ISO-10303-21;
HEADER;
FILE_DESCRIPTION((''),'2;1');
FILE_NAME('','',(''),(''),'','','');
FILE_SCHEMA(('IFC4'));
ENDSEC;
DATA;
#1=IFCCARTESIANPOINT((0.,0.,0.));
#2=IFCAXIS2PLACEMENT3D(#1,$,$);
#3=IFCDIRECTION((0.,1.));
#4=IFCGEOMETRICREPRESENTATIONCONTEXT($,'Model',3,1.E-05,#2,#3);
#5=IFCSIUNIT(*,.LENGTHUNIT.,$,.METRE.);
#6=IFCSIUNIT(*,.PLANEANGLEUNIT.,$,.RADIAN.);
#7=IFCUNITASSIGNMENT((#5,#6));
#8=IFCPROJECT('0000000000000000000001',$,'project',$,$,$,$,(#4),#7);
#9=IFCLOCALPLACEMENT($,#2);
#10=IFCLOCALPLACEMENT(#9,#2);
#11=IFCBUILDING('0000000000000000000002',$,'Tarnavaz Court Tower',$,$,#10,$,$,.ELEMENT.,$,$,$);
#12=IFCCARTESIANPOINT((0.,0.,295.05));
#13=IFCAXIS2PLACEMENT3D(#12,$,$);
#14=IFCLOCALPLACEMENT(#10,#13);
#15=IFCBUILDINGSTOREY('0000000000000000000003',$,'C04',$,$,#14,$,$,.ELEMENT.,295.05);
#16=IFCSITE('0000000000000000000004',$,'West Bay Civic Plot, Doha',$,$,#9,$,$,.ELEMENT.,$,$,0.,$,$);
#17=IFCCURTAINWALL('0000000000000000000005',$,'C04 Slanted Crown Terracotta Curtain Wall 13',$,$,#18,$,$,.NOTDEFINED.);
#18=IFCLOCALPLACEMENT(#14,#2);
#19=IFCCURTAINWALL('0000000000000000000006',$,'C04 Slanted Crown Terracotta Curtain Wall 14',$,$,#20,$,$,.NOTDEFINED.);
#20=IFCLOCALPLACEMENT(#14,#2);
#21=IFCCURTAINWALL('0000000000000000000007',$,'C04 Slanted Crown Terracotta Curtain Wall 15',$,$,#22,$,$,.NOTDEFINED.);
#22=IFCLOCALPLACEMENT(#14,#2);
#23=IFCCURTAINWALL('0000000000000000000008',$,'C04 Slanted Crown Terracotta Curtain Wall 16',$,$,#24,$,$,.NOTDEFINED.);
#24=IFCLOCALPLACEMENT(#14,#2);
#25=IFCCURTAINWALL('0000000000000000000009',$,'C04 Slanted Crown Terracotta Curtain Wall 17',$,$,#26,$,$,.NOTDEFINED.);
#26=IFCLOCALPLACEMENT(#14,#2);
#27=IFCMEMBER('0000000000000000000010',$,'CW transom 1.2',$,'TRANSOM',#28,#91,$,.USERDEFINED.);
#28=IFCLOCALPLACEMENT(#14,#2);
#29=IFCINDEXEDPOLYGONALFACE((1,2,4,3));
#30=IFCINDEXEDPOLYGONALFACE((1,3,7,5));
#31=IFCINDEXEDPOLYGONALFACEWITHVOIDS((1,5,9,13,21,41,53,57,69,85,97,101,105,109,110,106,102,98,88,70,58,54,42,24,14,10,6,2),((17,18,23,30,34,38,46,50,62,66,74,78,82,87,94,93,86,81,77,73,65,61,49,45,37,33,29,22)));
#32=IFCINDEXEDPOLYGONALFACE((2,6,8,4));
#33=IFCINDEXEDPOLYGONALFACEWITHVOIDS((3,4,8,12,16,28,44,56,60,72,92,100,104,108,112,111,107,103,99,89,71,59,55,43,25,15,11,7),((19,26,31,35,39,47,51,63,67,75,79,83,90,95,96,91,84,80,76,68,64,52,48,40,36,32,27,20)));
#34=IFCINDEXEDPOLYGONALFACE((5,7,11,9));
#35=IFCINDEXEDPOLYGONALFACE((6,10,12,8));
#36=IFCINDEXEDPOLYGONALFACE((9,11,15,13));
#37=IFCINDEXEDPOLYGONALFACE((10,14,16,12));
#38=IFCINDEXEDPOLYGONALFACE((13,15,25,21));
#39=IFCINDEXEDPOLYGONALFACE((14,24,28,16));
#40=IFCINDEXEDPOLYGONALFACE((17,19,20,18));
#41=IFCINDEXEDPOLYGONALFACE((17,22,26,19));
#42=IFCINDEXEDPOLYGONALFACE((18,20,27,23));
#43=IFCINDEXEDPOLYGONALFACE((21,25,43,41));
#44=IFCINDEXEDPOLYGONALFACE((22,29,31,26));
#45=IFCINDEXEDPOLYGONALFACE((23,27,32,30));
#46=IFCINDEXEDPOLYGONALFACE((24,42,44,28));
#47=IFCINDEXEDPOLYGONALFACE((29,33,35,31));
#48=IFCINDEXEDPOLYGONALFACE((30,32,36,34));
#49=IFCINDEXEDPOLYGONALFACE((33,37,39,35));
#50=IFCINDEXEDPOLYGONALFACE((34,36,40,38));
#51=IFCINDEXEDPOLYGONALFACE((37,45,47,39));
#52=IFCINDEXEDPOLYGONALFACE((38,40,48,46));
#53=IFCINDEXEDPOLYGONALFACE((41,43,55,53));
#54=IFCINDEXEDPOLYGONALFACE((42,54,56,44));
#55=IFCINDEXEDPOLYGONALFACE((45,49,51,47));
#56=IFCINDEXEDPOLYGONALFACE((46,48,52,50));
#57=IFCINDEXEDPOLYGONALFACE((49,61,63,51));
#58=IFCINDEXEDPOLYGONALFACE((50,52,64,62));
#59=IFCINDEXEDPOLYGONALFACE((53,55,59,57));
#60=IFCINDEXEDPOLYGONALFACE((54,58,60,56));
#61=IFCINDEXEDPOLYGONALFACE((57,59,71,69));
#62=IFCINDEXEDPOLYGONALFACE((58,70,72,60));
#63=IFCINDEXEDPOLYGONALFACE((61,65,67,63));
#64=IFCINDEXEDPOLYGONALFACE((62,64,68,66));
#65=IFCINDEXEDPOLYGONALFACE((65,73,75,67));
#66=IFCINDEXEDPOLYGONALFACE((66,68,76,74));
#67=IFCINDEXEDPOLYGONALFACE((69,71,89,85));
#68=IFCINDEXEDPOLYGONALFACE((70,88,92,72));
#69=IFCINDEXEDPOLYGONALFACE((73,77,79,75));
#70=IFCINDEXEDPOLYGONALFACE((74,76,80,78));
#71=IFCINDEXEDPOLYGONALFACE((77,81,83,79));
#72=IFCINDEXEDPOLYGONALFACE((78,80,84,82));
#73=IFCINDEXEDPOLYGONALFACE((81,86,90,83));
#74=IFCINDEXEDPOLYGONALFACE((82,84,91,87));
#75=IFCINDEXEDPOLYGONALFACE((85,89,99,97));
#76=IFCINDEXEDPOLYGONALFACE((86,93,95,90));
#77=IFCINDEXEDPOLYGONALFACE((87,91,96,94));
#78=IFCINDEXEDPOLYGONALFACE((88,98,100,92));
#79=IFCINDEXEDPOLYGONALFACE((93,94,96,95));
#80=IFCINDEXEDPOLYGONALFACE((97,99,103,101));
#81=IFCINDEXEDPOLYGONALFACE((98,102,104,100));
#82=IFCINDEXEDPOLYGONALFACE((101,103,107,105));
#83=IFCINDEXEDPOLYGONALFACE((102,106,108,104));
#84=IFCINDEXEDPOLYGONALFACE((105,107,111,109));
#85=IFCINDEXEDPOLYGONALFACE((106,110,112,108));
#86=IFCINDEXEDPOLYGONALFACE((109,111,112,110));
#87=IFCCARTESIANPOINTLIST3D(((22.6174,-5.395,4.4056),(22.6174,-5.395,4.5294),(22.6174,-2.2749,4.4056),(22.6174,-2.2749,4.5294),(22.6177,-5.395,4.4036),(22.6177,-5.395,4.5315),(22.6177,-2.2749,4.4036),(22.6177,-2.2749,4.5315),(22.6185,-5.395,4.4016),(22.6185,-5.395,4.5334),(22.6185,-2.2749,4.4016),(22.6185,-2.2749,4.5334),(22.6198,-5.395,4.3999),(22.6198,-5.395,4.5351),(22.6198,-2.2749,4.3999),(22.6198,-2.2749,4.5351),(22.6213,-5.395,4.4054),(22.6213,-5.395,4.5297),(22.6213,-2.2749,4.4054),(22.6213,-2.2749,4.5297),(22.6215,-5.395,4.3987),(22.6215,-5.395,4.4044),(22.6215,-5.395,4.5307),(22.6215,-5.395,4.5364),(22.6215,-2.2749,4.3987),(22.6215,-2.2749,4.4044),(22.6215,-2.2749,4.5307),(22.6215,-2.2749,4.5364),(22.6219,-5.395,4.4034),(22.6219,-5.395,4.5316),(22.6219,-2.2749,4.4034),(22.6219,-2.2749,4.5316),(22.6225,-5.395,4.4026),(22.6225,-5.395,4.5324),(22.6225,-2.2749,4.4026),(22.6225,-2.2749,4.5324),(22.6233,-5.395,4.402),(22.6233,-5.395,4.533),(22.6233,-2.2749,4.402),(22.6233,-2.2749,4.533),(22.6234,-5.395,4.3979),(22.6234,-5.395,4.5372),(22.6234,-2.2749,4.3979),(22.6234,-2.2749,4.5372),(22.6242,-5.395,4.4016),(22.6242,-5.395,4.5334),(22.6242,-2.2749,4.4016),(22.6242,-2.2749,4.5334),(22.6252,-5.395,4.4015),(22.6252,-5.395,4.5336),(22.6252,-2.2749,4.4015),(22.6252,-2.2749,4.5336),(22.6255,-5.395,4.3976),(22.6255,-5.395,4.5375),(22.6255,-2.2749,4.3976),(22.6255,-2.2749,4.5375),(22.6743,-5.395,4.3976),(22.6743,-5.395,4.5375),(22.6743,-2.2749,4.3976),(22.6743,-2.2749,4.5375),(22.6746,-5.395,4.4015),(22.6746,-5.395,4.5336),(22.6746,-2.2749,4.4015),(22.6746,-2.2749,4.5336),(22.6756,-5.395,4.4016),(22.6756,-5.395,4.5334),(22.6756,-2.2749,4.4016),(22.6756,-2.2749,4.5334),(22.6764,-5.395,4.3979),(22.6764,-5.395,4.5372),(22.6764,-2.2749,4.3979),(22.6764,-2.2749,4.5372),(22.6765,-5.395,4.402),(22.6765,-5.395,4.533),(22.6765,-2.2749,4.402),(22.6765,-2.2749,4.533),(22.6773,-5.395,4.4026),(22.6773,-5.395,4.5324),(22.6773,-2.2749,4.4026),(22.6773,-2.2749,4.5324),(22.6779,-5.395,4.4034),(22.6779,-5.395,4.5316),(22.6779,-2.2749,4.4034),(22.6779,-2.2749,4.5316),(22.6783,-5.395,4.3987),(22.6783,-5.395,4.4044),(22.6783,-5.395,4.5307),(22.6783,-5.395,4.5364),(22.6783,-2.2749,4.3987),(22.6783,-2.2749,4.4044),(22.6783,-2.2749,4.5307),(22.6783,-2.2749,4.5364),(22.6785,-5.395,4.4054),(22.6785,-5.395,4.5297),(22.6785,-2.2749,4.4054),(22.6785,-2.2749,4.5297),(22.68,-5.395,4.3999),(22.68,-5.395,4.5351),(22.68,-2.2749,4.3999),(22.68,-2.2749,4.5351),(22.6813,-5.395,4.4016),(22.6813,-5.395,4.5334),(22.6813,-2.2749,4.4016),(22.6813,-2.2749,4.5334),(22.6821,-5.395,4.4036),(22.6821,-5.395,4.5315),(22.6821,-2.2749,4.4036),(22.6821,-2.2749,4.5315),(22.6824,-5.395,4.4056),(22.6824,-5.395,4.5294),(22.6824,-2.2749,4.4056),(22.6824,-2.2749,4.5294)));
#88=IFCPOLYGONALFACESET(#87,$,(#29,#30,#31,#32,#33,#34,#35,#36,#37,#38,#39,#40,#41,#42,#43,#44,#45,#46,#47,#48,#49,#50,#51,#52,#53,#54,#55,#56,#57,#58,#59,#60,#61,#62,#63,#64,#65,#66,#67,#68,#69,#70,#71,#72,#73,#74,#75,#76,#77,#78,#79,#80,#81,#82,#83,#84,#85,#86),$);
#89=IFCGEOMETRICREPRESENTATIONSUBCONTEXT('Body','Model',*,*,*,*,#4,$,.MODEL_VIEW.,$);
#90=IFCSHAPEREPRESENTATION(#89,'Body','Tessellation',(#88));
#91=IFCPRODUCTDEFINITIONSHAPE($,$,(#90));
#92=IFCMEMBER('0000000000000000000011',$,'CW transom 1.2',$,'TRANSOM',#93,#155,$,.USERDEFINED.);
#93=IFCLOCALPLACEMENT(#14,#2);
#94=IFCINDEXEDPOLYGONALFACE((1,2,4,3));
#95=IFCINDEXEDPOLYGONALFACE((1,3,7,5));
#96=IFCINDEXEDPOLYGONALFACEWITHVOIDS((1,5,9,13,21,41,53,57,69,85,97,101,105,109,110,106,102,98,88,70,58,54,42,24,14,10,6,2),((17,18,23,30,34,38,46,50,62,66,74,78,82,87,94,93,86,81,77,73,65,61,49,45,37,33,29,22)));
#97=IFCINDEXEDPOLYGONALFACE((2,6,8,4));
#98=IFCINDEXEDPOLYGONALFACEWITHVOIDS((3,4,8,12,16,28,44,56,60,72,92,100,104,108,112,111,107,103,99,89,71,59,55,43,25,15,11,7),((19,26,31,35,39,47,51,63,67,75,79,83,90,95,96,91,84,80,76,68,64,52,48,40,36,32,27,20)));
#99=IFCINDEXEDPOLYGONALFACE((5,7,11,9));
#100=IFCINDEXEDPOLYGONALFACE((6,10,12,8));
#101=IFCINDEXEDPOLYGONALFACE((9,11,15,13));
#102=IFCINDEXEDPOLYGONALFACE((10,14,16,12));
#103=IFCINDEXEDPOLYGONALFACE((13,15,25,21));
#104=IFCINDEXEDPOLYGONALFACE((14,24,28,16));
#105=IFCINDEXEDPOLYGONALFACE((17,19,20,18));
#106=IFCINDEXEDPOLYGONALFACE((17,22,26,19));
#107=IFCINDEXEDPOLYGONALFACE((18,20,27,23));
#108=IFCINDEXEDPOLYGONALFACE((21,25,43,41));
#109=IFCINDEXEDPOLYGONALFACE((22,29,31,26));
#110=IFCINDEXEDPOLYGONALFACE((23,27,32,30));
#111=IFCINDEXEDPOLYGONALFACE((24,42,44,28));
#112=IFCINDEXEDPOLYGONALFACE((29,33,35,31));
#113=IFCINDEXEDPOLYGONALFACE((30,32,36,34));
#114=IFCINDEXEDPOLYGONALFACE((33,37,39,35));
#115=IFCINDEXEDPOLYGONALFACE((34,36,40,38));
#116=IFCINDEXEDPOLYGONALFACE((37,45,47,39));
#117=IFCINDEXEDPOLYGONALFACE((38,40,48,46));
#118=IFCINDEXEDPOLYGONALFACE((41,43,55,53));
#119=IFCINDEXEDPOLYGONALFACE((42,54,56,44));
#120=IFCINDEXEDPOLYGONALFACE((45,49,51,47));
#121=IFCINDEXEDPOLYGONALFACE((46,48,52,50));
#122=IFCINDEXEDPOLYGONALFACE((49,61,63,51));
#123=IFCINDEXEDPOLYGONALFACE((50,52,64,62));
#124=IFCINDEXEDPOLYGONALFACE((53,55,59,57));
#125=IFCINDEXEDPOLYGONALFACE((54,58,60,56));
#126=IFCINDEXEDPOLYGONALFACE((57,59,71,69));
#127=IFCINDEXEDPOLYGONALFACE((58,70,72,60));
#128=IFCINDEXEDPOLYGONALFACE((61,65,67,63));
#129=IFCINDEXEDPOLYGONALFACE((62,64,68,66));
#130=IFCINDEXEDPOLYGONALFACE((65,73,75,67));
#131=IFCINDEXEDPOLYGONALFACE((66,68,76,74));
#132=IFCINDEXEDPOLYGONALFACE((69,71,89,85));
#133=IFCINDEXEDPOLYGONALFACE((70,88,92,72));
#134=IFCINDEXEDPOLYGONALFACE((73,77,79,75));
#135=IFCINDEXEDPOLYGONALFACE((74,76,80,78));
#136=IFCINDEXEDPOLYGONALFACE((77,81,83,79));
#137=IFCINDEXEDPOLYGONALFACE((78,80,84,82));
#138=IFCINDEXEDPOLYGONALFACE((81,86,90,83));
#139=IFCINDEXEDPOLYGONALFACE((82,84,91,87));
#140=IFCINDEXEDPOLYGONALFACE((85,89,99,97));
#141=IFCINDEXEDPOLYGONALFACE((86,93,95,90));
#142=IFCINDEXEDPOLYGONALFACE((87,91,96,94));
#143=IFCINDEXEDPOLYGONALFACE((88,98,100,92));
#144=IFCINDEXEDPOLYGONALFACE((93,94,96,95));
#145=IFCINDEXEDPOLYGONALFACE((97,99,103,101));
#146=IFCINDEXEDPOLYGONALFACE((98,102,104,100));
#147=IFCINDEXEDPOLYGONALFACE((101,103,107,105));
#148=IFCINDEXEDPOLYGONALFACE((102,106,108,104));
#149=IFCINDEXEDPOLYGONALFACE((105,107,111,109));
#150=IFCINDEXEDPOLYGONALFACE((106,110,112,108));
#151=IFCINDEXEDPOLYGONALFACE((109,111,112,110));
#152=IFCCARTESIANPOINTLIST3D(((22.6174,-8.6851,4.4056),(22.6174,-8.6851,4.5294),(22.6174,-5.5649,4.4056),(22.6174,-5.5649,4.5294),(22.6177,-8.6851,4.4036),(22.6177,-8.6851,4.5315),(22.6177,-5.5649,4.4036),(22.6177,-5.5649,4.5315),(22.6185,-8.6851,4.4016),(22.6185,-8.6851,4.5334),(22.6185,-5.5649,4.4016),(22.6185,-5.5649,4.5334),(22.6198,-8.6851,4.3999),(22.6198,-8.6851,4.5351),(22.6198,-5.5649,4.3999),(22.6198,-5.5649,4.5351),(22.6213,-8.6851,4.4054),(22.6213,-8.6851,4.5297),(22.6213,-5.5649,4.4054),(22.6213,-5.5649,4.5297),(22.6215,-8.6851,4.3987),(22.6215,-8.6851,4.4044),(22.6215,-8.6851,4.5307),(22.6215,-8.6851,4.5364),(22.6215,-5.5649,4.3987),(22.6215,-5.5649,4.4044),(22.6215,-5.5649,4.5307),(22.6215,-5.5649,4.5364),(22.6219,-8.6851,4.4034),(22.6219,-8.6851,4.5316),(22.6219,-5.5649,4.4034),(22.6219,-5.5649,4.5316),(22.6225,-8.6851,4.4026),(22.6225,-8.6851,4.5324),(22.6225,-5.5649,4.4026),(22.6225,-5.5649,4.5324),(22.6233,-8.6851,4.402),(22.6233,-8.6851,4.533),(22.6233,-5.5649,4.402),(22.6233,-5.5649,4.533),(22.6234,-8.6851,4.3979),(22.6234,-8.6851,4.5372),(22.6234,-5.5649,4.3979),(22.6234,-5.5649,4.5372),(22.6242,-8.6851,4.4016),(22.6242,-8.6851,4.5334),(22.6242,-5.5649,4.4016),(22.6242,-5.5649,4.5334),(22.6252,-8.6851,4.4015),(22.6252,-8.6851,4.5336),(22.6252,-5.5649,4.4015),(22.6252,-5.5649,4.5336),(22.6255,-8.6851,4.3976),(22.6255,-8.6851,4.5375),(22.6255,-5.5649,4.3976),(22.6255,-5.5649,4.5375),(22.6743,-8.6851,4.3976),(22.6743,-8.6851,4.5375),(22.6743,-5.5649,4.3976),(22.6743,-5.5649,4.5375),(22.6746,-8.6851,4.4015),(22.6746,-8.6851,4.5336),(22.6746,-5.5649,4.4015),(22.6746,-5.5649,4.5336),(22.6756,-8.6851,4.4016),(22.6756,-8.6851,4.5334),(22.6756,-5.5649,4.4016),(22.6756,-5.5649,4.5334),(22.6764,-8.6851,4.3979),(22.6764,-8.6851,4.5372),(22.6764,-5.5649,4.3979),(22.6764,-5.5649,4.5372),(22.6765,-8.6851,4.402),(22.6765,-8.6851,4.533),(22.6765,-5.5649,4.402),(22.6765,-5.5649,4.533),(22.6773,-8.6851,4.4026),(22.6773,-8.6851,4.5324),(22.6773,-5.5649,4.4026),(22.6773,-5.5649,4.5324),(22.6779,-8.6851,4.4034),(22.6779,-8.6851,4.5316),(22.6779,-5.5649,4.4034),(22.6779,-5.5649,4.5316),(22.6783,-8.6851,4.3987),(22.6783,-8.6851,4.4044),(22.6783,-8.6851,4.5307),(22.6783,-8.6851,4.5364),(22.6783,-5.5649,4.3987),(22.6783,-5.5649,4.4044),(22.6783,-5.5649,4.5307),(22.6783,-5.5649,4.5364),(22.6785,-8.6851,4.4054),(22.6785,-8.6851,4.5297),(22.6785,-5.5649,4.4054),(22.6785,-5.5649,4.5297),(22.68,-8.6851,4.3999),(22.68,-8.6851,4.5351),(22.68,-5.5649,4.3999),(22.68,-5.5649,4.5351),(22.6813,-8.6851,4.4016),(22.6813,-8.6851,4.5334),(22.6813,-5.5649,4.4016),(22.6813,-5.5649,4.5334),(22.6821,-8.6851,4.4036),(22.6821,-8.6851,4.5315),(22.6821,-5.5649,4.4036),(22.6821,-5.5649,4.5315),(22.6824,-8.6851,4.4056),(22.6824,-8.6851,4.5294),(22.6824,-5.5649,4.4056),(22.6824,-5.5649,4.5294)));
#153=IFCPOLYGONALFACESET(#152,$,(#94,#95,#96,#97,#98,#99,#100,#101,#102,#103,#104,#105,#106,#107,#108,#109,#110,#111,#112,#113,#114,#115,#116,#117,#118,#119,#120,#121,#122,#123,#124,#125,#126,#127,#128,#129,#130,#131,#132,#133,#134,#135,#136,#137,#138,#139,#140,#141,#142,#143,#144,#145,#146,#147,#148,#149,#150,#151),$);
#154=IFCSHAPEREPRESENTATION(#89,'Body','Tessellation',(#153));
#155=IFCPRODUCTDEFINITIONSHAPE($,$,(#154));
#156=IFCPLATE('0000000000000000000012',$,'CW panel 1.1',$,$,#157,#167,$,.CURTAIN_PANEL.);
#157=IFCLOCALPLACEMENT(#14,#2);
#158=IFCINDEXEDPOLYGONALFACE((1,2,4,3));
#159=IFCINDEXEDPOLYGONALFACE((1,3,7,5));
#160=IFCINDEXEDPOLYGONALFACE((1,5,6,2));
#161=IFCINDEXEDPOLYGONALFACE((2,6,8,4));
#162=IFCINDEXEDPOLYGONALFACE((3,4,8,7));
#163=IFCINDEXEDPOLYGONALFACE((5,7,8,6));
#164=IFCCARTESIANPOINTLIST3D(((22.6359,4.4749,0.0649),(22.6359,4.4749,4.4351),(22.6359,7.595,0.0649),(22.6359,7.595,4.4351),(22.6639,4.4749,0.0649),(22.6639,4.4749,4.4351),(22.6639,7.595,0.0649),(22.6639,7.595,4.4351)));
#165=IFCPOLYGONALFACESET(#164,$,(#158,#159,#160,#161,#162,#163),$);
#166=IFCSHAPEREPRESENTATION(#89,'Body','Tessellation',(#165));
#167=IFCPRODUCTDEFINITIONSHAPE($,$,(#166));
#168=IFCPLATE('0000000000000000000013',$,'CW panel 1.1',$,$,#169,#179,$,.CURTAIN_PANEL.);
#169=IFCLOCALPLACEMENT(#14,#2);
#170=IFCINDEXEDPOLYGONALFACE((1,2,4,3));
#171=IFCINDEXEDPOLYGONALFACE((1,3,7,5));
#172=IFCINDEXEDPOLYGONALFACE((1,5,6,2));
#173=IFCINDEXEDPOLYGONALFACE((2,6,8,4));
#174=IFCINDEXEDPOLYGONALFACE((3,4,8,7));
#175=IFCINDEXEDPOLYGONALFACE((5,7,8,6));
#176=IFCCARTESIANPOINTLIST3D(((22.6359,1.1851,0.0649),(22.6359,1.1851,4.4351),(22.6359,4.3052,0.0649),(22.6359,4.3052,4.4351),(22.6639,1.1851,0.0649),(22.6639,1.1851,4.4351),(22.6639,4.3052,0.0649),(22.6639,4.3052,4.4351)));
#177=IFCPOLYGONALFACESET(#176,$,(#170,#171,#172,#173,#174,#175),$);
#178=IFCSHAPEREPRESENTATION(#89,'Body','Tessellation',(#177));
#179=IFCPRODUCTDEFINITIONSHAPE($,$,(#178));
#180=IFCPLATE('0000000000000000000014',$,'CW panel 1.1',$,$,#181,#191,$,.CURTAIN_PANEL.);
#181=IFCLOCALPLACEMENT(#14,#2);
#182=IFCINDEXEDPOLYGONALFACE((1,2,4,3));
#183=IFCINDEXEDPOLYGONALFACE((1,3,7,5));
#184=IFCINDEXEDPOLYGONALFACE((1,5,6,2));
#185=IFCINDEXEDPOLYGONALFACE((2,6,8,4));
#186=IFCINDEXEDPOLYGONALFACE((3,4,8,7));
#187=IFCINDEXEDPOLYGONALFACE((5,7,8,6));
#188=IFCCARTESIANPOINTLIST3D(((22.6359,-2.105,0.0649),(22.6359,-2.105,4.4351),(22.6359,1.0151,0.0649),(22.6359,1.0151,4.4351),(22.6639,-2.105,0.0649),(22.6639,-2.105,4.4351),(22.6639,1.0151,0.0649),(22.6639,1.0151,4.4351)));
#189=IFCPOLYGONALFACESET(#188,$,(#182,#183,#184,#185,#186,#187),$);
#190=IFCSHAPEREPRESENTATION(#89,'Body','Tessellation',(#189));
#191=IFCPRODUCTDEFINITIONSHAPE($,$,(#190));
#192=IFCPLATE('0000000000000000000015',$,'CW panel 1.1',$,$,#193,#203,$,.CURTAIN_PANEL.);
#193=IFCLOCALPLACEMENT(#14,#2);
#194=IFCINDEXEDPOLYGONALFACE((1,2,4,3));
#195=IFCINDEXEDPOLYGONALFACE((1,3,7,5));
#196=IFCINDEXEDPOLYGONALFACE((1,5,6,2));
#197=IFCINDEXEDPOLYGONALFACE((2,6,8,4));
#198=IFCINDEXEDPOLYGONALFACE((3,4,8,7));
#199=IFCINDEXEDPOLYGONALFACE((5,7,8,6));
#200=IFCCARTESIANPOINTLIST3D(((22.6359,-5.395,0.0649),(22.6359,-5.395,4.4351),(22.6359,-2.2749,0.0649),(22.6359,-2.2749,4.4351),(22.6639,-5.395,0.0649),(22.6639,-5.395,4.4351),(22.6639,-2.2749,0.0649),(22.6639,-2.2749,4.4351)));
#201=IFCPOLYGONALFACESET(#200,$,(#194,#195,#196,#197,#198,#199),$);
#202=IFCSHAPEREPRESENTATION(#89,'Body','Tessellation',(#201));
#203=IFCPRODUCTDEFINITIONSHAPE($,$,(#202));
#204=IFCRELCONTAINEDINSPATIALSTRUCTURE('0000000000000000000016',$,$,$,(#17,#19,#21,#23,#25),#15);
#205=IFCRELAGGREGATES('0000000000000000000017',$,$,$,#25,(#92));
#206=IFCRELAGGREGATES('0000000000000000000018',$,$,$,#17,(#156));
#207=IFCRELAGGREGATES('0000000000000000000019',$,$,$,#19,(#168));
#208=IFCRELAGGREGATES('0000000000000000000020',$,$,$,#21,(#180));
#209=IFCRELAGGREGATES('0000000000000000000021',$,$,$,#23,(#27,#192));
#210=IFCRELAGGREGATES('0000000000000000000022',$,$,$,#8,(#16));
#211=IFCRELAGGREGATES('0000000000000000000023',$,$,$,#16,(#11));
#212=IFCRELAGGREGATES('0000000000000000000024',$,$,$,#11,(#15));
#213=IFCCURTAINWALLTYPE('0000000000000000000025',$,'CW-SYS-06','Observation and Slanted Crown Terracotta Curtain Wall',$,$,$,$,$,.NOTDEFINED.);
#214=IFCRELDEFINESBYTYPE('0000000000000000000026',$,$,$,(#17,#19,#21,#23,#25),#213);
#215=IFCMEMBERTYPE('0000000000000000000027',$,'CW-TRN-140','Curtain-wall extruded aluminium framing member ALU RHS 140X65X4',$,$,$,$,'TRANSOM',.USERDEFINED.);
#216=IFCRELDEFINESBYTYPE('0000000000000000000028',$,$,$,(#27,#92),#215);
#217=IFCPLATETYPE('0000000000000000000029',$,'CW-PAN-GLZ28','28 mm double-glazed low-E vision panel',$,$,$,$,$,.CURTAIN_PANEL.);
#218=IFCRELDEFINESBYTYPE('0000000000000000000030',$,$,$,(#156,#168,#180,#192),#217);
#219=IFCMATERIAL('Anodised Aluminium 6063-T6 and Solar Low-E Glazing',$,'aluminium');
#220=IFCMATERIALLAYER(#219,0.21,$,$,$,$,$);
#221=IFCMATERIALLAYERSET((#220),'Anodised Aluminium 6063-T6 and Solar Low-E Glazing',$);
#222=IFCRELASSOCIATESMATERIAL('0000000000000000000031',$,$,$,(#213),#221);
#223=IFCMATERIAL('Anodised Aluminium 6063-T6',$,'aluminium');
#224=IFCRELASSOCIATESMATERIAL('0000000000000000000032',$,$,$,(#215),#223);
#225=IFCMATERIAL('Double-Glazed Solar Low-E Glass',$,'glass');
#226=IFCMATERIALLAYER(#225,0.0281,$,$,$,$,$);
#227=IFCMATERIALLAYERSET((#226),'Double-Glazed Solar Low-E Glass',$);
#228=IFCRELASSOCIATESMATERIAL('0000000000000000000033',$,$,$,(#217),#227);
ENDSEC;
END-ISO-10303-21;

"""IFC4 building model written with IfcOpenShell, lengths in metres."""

from ifc_helpers import new_model, si_unit, direction, frame, origin, origin_2d, place, context, subcontext, project, spatial, rectangle, hollow_rectangle, extrude, material, layer, layer_set, material_profile, profile_set, type_object, element, aggregate, save


model = new_model("IFC4")

# Units and contexts
model_context = context("Model", 3, precision=1e-05, world=origin(), true_north=direction((0.0, 1.0)))
body_context = subcontext(model_context, "Body", "Model", "MODEL_VIEW")
ifc_project = project(units=[si_unit("LENGTHUNIT", "METRE"), si_unit("PLANEANGLEUNIT", "RADIAN")], contexts=[model_context])

# Site, building, storey
site_placement = place(None, origin())
site = spatial("IfcSite", under=ifc_project, at=site_placement, Name="West Bay Civic Plot, Doha", CompositionType="ELEMENT", RefElevation=0.0)
building_placement = place(site_placement, origin())
building = spatial("IfcBuilding", under=site, at=building_placement, Name="Tarnavaz Court Tower", CompositionType="ELEMENT")
storey_placement = place(building_placement, frame((0.0, 0.0, 295.05)))
storey = spatial("IfcBuildingStorey", under=building, at=storey_placement, Name="C04", CompositionType="ELEMENT", Elevation=295.05)

# Shared definitions
ifc_material_1 = material(Name="Anodised Aluminium 6063-T6 and Solar Low-E Glazing", Category="aluminium")
ifc_layer_1 = layer(ifc_material_1, 0.21)
ifc_layer_set_1 = layer_set([ifc_layer_1], Name="Anodised Aluminium 6063-T6 and Solar Low-E Glazing")
curtain_wall_type = type_object("IfcCurtainWallType", Name="CW-SYS-06", Description="Observation and Slanted Crown Terracotta Curtain Wall", PredefinedType="NOTDEFINED", material=ifc_layer_set_1)
ifc_material_2 = material(Name="Anodised Aluminium 6063-T6", Category="aluminium")

# Curtain walls
curtain_wall_1_placement = place(storey_placement, origin())
curtain_wall_1 = element("IfcCurtainWall", 1, at=curtain_wall_1_placement, inside=storey, type_object=curtain_wall_type, Name="C04 Slanted Crown Terracotta Curtain Wall 13", PredefinedType="NOTDEFINED")
curtain_wall_2_placement = place(storey_placement, origin())
curtain_wall_2 = element("IfcCurtainWall", 2, at=curtain_wall_2_placement, inside=storey, type_object=curtain_wall_type, Name="C04 Slanted Crown Terracotta Curtain Wall 14", PredefinedType="NOTDEFINED")
curtain_wall_3_placement = place(storey_placement, origin())
curtain_wall_3 = element("IfcCurtainWall", 3, at=curtain_wall_3_placement, inside=storey, type_object=curtain_wall_type, Name="C04 Slanted Crown Terracotta Curtain Wall 15", PredefinedType="NOTDEFINED")
curtain_wall_4_placement = place(storey_placement, origin())
curtain_wall_4 = element("IfcCurtainWall", 4, at=curtain_wall_4_placement, inside=storey, type_object=curtain_wall_type, Name="C04 Slanted Crown Terracotta Curtain Wall 16", PredefinedType="NOTDEFINED")

# Curtain wall
curtain_wall_5_placement = place(storey_placement, origin())
curtain_wall_5 = element("IfcCurtainWall", 5, at=curtain_wall_5_placement, inside=storey, type_object=curtain_wall_type, Name="C04 Slanted Crown Terracotta Curtain Wall 17", PredefinedType="NOTDEFINED")

# Members
ifc_material_profile_1 = material_profile(ifc_material_2, hollow_rectangle(XDim=0.0649, YDim=0.1399, WallThickness=0.0039, InnerFilletRadius=0.0039, OuterFilletRadius=0.0081, at=origin_2d()), Name="ALU RHS 140X65X4")
ifc_profile_set_1 = profile_set([ifc_material_profile_1], Name="Anodised Aluminium 6063-T6")
member_type_1 = type_object("IfcMemberType", Name="CW-TRN-140", Description="Curtain-wall extruded aluminium framing member ALU RHS 140X65X4", ElementType="TRANSOM", PredefinedType="USERDEFINED", material=ifc_profile_set_1)
member_1_placement = place(storey_placement, frame((22.6499, -2.2749, 4.4675), z_axis=(0.0, -1.0, 0.0), x_axis=(1.0, 0.0, 0.0)))
member_1 = element("IfcMember", 6, at=member_1_placement, type_object=member_type_1, Name="CW transom 1.2", ObjectType="TRANSOM", PredefinedType="USERDEFINED", context=body_context, shape_type="SweptSolid", body=[
    extrude(hollow_rectangle(XDim=0.0649, YDim=0.1399, WallThickness=0.0039, InnerFilletRadius=0.0039, OuterFilletRadius=0.0081, at=origin_2d()), origin(), (0.0, 0.0, 1.0), 3.1201),
])
member_2_placement = place(storey_placement, frame((22.6499, -5.5649, 4.4675), z_axis=(0.0, -1.0, 0.0), x_axis=(1.0, 0.0, 0.0)))
member_2 = element("IfcMember", 7, at=member_2_placement, type_object=member_type_1, Name="CW transom 1.2", ObjectType="TRANSOM", PredefinedType="USERDEFINED", context=body_context, shape_type="SweptSolid", body=[
    extrude(hollow_rectangle(XDim=0.0649, YDim=0.1399, WallThickness=0.0039, InnerFilletRadius=0.0039, OuterFilletRadius=0.0081, at=origin_2d()), origin(), (0.0, 0.0, 1.0), 3.1201),
])
aggregate(curtain_wall_5, [member_2])

# Plates
ifc_material_3 = material(Name="Double-Glazed Solar Low-E Glass", Category="glass")
ifc_layer_2 = layer(ifc_material_3, 0.0281)
ifc_layer_set_2 = layer_set([ifc_layer_2], Name="Double-Glazed Solar Low-E Glass")
plate_type = type_object("IfcPlateType", Name="CW-PAN-GLZ28", Description="28 mm double-glazed low-E vision panel", PredefinedType="CURTAIN_PANEL", material=ifc_layer_set_2)
plate_1_placement = place(storey_placement, frame((22.6499, 6.0349, 0.0649), z_axis=(0.0, 0.0, 1.0), x_axis=(0.0, -1.0, 0.0)))
plate_1 = element("IfcPlate", 8, at=plate_1_placement, type_object=plate_type, Name="CW panel 1.1", PredefinedType="CURTAIN_PANEL", context=body_context, shape_type="SweptSolid", body=[
    extrude(rectangle(XDim=3.1201, YDim=0.0281, at=origin_2d()), origin(), (0.0, 0.0, 1.0), 4.3701),
])
aggregate(curtain_wall_1, [plate_1])
plate_2_placement = place(storey_placement, frame((22.6499, 2.7451, 0.0649), z_axis=(0.0, 0.0, 1.0), x_axis=(0.0, -1.0, 0.0)))
plate_2 = element("IfcPlate", 9, at=plate_2_placement, type_object=plate_type, Name="CW panel 1.1", PredefinedType="CURTAIN_PANEL", context=body_context, shape_type="SweptSolid", body=[
    extrude(rectangle(XDim=3.1201, YDim=0.0281, at=origin_2d()), origin(), (0.0, 0.0, 1.0), 4.3701),
])
aggregate(curtain_wall_2, [plate_2])
plate_3_placement = place(storey_placement, frame((22.6499, -0.5449, 0.0649), z_axis=(0.0, 0.0, 1.0), x_axis=(0.0, -1.0, 0.0)))
plate_3 = element("IfcPlate", 10, at=plate_3_placement, type_object=plate_type, Name="CW panel 1.1", PredefinedType="CURTAIN_PANEL", context=body_context, shape_type="SweptSolid", body=[
    extrude(rectangle(XDim=3.1201, YDim=0.0281, at=origin_2d()), origin(), (0.0, 0.0, 1.0), 4.3701),
])
aggregate(curtain_wall_3, [plate_3])
plate_4_placement = place(storey_placement, frame((22.6499, -3.835, 0.0649), z_axis=(0.0, 0.0, 1.0), x_axis=(0.0, -1.0, 0.0)))
plate_4 = element("IfcPlate", 11, at=plate_4_placement, type_object=plate_type, Name="CW panel 1.1", PredefinedType="CURTAIN_PANEL", context=body_context, shape_type="SweptSolid", body=[
    extrude(rectangle(XDim=3.1201, YDim=0.0281, at=origin_2d()), origin(), (0.0, 0.0, 1.0), 4.3701),
])
aggregate(curtain_wall_4, [member_1, plate_4])

save(model, "model.ifc")
